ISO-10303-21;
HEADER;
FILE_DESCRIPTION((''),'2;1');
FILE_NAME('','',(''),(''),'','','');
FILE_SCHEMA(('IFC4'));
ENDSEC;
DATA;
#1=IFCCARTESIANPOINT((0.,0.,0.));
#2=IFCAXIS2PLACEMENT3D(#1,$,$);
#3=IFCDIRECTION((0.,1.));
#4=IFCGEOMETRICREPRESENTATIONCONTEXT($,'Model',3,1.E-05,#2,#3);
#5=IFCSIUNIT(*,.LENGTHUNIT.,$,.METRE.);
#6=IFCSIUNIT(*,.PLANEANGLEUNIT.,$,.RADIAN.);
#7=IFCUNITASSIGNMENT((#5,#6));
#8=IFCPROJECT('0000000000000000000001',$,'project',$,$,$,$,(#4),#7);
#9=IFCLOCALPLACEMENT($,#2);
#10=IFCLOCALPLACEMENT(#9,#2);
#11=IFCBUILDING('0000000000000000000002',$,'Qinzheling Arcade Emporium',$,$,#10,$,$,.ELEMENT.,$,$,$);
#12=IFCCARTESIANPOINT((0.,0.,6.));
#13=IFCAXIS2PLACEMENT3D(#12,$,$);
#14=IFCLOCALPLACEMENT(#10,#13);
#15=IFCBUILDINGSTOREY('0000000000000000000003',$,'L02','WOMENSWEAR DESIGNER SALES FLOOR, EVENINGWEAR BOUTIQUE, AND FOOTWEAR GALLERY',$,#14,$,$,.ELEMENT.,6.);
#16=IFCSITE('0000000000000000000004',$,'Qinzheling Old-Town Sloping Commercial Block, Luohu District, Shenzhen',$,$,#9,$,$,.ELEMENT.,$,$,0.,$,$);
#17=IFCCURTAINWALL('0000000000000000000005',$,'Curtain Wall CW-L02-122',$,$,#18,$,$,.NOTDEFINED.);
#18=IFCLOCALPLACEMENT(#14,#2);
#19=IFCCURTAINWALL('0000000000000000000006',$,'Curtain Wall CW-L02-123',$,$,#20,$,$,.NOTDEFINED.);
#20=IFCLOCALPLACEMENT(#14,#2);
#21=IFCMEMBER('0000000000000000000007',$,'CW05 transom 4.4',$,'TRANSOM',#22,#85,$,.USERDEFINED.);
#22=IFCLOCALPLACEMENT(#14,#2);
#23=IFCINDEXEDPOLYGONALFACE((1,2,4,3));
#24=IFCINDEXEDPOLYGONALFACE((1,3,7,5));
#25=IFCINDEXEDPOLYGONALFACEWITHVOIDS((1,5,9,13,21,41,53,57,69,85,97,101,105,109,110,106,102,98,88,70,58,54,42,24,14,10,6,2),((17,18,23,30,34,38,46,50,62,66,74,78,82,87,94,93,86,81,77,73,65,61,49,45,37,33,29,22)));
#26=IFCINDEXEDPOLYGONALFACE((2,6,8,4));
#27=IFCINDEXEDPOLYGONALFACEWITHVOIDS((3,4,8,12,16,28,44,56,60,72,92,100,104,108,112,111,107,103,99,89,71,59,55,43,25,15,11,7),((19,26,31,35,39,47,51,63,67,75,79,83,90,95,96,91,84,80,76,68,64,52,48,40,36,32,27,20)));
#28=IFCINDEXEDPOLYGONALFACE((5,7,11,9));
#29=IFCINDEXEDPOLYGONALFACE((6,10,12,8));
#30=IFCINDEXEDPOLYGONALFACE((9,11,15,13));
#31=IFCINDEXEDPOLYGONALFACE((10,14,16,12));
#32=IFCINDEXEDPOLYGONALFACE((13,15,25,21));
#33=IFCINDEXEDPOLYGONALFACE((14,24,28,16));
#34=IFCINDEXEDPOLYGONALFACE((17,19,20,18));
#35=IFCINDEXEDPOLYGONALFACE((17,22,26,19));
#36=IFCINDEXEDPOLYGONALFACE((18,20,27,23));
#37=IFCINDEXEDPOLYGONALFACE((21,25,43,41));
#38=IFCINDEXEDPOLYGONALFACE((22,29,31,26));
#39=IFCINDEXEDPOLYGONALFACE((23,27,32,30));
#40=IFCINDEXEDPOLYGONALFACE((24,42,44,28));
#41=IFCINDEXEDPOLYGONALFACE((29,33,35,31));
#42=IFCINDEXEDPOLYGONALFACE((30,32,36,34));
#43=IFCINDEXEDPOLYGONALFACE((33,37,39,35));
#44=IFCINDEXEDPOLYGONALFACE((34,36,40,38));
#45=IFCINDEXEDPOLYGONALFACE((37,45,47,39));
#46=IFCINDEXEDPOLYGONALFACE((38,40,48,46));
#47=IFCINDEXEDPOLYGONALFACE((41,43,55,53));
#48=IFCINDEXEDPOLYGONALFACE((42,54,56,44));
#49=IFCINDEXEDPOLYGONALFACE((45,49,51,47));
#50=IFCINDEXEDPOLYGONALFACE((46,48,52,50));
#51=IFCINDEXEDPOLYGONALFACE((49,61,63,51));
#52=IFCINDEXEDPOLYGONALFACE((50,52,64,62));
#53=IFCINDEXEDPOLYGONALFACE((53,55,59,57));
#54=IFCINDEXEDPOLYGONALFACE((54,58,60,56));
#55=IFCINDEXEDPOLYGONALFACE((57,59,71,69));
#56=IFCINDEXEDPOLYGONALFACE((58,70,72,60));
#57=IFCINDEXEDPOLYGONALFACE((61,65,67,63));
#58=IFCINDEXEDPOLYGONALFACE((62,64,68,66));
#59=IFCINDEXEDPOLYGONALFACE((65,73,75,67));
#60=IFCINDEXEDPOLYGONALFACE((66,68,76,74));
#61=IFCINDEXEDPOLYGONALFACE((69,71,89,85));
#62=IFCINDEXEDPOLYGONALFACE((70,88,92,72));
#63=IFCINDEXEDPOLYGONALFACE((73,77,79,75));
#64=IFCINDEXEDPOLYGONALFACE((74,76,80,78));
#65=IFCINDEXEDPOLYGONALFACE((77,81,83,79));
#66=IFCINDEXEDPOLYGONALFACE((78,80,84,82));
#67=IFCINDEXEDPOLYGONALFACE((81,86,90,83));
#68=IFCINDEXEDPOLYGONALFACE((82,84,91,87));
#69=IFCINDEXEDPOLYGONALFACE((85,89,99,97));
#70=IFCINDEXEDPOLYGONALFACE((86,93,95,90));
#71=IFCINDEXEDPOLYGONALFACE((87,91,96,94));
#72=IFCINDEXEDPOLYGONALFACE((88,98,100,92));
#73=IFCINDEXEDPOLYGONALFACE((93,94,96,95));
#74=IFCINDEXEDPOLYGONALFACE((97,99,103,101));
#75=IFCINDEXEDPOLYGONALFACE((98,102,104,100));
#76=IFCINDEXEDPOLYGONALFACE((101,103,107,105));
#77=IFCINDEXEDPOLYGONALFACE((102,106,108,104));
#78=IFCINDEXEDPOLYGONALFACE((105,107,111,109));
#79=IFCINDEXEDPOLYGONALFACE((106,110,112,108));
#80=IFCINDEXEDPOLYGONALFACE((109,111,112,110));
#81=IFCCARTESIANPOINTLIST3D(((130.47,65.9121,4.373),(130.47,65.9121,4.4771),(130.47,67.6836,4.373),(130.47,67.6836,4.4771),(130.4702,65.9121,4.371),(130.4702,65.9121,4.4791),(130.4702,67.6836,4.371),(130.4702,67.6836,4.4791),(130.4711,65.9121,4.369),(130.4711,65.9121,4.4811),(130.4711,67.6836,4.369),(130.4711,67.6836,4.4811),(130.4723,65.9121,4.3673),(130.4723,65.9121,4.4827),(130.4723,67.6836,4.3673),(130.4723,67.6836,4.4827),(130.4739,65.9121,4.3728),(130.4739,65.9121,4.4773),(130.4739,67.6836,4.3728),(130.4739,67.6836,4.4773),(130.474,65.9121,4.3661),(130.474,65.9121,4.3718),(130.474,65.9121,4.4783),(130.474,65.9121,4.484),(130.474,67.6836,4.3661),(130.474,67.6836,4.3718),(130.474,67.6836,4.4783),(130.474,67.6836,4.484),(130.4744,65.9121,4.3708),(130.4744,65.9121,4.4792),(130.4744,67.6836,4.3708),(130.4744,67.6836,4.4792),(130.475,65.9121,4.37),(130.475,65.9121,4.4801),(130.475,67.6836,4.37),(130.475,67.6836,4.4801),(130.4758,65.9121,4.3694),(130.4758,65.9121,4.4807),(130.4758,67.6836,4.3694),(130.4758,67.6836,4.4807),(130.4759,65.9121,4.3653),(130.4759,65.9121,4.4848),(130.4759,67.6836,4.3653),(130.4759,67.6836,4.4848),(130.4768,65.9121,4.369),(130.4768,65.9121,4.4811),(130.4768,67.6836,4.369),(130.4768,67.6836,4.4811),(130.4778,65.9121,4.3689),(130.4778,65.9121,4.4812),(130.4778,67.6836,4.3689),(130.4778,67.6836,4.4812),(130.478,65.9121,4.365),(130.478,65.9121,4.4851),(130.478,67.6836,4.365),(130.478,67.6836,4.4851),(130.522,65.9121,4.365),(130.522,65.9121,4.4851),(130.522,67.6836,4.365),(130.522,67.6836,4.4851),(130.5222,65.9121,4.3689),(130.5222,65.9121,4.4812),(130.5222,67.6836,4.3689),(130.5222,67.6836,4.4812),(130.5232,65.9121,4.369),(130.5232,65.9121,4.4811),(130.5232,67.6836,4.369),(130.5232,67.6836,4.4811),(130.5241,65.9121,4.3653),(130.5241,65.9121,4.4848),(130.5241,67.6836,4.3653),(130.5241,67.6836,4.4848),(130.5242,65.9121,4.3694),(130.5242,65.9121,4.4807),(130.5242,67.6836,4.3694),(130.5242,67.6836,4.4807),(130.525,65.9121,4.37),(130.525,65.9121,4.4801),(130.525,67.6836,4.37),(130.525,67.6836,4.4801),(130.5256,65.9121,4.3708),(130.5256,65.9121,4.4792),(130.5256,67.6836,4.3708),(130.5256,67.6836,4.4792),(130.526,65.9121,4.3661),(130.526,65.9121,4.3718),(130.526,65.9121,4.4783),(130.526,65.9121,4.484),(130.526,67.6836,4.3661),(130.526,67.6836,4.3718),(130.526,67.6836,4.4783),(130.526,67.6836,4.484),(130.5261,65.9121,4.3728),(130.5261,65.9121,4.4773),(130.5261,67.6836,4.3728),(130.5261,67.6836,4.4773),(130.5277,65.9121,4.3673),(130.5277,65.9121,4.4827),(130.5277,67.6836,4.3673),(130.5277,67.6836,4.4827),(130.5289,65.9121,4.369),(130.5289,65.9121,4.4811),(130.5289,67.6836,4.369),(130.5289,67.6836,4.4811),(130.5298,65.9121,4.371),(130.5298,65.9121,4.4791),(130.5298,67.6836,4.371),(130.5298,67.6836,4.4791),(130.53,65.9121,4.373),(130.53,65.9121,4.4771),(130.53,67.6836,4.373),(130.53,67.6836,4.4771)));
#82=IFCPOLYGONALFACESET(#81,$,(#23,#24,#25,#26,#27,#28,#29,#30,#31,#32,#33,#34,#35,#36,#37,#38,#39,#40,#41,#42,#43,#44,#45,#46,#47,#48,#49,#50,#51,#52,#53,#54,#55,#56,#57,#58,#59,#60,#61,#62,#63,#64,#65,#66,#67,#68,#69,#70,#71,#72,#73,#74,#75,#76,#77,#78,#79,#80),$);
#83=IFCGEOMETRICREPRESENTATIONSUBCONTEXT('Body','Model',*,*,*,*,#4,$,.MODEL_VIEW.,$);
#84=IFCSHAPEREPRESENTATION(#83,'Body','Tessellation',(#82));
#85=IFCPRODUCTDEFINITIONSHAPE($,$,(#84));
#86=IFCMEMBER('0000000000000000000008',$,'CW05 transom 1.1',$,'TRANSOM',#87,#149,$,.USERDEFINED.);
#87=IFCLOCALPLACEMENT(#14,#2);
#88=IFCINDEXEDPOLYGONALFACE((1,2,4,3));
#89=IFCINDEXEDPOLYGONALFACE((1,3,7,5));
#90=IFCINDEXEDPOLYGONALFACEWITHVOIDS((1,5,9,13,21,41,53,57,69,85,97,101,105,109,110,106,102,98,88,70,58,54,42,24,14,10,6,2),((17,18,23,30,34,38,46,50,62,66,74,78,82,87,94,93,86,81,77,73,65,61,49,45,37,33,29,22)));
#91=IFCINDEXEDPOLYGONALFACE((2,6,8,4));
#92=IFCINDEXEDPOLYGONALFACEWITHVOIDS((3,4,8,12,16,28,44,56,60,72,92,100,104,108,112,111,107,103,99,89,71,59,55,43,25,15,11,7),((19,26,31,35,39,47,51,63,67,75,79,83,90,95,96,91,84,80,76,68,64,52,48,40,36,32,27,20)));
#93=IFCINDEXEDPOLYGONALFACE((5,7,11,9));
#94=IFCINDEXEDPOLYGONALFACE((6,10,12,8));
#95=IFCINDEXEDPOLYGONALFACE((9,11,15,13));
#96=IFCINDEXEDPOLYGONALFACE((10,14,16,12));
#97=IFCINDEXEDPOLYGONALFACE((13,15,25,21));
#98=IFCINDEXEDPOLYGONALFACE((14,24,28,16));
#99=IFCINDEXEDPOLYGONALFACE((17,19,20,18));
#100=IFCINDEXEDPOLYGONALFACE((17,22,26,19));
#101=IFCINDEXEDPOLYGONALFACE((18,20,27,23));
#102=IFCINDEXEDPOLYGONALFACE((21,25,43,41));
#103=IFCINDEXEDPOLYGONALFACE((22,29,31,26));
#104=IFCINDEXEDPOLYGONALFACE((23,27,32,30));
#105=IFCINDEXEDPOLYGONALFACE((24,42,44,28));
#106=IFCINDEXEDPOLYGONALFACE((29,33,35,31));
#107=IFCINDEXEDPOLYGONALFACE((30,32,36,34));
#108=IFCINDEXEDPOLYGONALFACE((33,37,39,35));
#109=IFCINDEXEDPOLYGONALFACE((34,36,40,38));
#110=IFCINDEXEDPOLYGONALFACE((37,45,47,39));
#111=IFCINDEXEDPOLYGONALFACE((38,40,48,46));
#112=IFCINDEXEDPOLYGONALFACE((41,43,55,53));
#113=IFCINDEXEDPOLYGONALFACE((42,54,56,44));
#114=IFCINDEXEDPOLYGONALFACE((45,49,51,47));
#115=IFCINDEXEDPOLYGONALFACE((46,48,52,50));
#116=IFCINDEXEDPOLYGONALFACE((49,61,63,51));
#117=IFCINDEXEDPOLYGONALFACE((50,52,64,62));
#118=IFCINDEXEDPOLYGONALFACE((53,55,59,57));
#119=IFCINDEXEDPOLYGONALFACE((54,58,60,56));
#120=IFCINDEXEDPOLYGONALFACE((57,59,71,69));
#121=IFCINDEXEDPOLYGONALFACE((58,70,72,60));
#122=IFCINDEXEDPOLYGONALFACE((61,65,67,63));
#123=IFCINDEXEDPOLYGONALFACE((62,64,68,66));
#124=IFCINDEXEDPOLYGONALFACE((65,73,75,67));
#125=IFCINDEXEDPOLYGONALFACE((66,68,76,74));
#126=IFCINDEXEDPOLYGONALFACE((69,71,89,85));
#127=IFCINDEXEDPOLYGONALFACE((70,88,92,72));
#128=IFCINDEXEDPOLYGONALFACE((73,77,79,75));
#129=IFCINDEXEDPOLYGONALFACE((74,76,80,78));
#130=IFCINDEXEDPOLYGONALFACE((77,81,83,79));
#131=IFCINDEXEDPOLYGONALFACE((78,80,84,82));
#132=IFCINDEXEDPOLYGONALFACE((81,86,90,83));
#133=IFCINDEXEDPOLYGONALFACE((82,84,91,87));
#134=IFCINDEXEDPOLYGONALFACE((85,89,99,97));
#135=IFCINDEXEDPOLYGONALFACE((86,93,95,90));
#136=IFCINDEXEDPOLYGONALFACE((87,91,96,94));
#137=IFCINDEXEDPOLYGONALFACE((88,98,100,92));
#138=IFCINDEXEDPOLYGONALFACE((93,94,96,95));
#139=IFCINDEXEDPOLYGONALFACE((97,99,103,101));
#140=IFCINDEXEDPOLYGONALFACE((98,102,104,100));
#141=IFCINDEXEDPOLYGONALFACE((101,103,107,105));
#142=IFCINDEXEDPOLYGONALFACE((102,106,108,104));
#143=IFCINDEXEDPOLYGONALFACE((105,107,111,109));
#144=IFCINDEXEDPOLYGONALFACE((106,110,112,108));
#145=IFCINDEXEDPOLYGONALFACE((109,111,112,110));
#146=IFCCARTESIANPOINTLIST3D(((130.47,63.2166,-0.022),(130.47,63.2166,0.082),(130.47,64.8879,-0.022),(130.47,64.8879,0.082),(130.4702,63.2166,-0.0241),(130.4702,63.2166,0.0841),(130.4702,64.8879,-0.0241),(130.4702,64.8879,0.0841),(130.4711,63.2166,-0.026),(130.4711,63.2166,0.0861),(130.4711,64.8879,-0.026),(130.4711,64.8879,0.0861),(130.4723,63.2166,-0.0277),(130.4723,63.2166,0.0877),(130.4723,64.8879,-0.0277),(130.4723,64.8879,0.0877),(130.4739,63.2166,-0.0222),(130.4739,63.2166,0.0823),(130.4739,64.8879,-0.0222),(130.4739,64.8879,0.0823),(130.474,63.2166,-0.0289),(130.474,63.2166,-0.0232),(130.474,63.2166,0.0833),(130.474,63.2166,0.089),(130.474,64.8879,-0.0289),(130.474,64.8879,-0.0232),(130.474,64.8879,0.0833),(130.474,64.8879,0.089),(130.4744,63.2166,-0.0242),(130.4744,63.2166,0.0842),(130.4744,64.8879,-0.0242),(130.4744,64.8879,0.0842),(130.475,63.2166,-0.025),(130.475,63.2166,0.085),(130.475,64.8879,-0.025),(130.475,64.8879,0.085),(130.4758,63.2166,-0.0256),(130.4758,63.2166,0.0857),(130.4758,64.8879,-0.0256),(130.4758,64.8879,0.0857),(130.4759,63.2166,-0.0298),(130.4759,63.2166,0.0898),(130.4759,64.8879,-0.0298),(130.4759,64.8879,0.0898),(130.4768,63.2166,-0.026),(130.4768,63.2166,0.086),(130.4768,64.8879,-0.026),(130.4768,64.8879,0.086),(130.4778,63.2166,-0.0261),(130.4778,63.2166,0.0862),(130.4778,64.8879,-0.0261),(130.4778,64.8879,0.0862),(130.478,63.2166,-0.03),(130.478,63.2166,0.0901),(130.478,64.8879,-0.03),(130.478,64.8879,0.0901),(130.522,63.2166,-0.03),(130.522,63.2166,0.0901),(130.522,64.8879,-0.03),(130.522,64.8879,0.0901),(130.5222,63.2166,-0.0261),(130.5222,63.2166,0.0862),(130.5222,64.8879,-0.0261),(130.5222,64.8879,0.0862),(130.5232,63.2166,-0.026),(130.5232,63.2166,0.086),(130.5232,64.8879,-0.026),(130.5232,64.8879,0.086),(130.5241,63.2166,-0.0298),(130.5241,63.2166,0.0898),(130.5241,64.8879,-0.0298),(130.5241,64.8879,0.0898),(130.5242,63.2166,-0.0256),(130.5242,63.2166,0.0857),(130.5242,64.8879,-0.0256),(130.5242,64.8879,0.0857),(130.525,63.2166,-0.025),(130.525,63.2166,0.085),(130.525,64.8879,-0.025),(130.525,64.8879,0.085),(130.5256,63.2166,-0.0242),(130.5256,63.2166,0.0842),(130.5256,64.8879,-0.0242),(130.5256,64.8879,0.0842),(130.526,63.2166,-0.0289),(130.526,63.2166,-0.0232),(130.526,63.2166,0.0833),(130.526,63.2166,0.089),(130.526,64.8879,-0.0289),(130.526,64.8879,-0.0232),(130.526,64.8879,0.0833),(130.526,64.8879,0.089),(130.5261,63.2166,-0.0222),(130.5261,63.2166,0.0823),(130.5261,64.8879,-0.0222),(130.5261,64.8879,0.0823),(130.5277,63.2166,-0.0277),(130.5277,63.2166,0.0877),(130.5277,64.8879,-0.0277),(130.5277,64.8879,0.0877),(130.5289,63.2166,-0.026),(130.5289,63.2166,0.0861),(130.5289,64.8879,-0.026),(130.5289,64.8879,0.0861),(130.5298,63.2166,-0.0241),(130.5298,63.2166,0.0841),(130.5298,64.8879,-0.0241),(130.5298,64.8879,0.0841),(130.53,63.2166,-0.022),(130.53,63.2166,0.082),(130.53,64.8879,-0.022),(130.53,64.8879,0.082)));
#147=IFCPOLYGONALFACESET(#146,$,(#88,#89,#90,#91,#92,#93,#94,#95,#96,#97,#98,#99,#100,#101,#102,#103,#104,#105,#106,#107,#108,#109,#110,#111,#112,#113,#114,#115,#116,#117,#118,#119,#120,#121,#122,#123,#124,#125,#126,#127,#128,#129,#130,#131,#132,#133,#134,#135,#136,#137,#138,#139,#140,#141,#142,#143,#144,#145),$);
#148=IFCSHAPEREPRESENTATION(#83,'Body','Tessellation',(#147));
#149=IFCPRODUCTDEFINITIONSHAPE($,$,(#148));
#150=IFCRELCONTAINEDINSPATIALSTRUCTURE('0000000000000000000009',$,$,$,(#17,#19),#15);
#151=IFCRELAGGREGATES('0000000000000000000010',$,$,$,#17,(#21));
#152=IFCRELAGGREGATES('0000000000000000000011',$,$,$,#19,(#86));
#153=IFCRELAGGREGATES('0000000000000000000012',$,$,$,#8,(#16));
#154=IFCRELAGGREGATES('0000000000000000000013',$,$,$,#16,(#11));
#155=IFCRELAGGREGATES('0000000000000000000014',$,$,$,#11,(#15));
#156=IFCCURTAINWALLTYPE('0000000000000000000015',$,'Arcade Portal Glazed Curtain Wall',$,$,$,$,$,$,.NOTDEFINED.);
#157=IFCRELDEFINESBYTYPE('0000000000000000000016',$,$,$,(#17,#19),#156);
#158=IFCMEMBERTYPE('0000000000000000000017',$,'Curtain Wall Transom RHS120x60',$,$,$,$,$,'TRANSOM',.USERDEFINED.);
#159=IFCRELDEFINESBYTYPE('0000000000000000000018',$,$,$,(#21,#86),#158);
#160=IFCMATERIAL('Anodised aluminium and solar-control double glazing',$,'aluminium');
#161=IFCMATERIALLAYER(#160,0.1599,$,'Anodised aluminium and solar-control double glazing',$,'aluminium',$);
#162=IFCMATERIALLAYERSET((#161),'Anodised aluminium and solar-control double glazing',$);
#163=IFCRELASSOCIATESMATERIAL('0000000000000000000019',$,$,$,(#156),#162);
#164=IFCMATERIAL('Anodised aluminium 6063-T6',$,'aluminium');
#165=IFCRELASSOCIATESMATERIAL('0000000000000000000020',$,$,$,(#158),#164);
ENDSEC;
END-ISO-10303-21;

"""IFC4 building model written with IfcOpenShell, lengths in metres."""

from ifc_helpers import new_model, si_unit, direction, frame, origin, origin_2d, place, context, subcontext, project, spatial, hollow_rectangle, extrude, material, layer, layer_set, material_profile, profile_set, type_object, element, aggregate, save


model = new_model("IFC4")

# Units and contexts
model_context = context("Model", 3, precision=1e-05, world=origin(), true_north=direction((0.0, 1.0)))
body_context = subcontext(model_context, "Body", "Model", "MODEL_VIEW")
ifc_project = project(units=[si_unit("LENGTHUNIT", "METRE"), si_unit("PLANEANGLEUNIT", "RADIAN")], contexts=[model_context])

# Site, building, storey
site_placement = place(None, origin())
site = spatial("IfcSite", under=ifc_project, at=site_placement, Name="Qinzheling Old-Town Sloping Commercial Block, Luohu District, Shenzhen", CompositionType="ELEMENT", RefElevation=0.0)
building_placement = place(site_placement, origin())
building = spatial("IfcBuilding", under=site, at=building_placement, Name="Qinzheling Arcade Emporium", CompositionType="ELEMENT")
storey_placement = place(building_placement, frame((0.0, 0.0, 6.0)))
storey = spatial("IfcBuildingStorey", under=building, at=storey_placement, Name="L02", Description="WOMENSWEAR DESIGNER SALES FLOOR, EVENINGWEAR BOUTIQUE, AND FOOTWEAR GALLERY", CompositionType="ELEMENT", Elevation=6.0)

# Curtain wall
ifc_material_1 = material(Name="Anodised aluminium and solar-control double glazing", Category="aluminium")
ifc_layer_1 = layer(ifc_material_1, 0.1599, Name="Anodised aluminium and solar-control double glazing", Category="aluminium")
ifc_layer_set_1 = layer_set([ifc_layer_1], Name="Anodised aluminium and solar-control double glazing")
curtain_wall_type = type_object("IfcCurtainWallType", Name="Arcade Portal Glazed Curtain Wall", PredefinedType="NOTDEFINED", material=ifc_layer_set_1)
curtain_wall_1_placement = place(storey_placement, origin())
curtain_wall_1 = element("IfcCurtainWall", 1, at=curtain_wall_1_placement, inside=storey, type_object=curtain_wall_type, Name="Curtain Wall CW-L02-122", PredefinedType="NOTDEFINED")
ifc_material_2 = material(Name="Anodised aluminium 6063-T6", Category="aluminium")

# Curtain wall
curtain_wall_2_placement = place(storey_placement, origin())
curtain_wall_2 = element("IfcCurtainWall", 2, at=curtain_wall_2_placement, inside=storey, type_object=curtain_wall_type, Name="Curtain Wall CW-L02-123", PredefinedType="NOTDEFINED")

# Members
ifc_material_profile_1 = material_profile(ifc_material_2, hollow_rectangle(XDim=0.0601, YDim=0.1201, WallThickness=0.0039, InnerFilletRadius=0.0039, OuterFilletRadius=0.0081, at=origin_2d()), Name="RHS 120x60x4", Category="aluminium")
ifc_profile_set_1 = profile_set([ifc_material_profile_1], Name="Anodised aluminium 6063-T6")
member_type_1 = type_object("IfcMemberType", Name="Curtain Wall Transom RHS120x60", ElementType="TRANSOM", PredefinedType="USERDEFINED", material=ifc_profile_set_1)
member_1_placement = place(storey_placement, frame((130.5, 67.6836, 4.425), z_axis=(0.0, -1.0, 0.0), x_axis=(1.0, 0.0, 0.0)))
member_1 = element("IfcMember", 3, at=member_1_placement, type_object=member_type_1, Name="CW05 transom 4.4", ObjectType="TRANSOM", PredefinedType="USERDEFINED", context=body_context, shape_type="SweptSolid", body=[
    extrude(hollow_rectangle(XDim=0.0601, YDim=0.1201, WallThickness=0.0039, InnerFilletRadius=0.0039, OuterFilletRadius=0.0081, at=origin_2d()), origin(), (0.0, 0.0, 1.0), 1.7715),
])
member_2_placement = place(storey_placement, frame((130.5, 64.8879, 0.03), z_axis=(0.0, -1.0, 0.0), x_axis=(1.0, 0.0, 0.0)))
member_2 = element("IfcMember", 4, at=member_2_placement, type_object=member_type_1, Name="CW05 transom 1.1", ObjectType="TRANSOM", PredefinedType="USERDEFINED", context=body_context, shape_type="SweptSolid", body=[
    extrude(hollow_rectangle(XDim=0.0601, YDim=0.1201, WallThickness=0.0039, InnerFilletRadius=0.0039, OuterFilletRadius=0.0081, at=origin_2d()), origin(), (0.0, 0.0, 1.0), 1.6714),
])

aggregate(curtain_wall_1, [member_1])
aggregate(curtain_wall_2, [member_2])

save(model, "model.ifc")
